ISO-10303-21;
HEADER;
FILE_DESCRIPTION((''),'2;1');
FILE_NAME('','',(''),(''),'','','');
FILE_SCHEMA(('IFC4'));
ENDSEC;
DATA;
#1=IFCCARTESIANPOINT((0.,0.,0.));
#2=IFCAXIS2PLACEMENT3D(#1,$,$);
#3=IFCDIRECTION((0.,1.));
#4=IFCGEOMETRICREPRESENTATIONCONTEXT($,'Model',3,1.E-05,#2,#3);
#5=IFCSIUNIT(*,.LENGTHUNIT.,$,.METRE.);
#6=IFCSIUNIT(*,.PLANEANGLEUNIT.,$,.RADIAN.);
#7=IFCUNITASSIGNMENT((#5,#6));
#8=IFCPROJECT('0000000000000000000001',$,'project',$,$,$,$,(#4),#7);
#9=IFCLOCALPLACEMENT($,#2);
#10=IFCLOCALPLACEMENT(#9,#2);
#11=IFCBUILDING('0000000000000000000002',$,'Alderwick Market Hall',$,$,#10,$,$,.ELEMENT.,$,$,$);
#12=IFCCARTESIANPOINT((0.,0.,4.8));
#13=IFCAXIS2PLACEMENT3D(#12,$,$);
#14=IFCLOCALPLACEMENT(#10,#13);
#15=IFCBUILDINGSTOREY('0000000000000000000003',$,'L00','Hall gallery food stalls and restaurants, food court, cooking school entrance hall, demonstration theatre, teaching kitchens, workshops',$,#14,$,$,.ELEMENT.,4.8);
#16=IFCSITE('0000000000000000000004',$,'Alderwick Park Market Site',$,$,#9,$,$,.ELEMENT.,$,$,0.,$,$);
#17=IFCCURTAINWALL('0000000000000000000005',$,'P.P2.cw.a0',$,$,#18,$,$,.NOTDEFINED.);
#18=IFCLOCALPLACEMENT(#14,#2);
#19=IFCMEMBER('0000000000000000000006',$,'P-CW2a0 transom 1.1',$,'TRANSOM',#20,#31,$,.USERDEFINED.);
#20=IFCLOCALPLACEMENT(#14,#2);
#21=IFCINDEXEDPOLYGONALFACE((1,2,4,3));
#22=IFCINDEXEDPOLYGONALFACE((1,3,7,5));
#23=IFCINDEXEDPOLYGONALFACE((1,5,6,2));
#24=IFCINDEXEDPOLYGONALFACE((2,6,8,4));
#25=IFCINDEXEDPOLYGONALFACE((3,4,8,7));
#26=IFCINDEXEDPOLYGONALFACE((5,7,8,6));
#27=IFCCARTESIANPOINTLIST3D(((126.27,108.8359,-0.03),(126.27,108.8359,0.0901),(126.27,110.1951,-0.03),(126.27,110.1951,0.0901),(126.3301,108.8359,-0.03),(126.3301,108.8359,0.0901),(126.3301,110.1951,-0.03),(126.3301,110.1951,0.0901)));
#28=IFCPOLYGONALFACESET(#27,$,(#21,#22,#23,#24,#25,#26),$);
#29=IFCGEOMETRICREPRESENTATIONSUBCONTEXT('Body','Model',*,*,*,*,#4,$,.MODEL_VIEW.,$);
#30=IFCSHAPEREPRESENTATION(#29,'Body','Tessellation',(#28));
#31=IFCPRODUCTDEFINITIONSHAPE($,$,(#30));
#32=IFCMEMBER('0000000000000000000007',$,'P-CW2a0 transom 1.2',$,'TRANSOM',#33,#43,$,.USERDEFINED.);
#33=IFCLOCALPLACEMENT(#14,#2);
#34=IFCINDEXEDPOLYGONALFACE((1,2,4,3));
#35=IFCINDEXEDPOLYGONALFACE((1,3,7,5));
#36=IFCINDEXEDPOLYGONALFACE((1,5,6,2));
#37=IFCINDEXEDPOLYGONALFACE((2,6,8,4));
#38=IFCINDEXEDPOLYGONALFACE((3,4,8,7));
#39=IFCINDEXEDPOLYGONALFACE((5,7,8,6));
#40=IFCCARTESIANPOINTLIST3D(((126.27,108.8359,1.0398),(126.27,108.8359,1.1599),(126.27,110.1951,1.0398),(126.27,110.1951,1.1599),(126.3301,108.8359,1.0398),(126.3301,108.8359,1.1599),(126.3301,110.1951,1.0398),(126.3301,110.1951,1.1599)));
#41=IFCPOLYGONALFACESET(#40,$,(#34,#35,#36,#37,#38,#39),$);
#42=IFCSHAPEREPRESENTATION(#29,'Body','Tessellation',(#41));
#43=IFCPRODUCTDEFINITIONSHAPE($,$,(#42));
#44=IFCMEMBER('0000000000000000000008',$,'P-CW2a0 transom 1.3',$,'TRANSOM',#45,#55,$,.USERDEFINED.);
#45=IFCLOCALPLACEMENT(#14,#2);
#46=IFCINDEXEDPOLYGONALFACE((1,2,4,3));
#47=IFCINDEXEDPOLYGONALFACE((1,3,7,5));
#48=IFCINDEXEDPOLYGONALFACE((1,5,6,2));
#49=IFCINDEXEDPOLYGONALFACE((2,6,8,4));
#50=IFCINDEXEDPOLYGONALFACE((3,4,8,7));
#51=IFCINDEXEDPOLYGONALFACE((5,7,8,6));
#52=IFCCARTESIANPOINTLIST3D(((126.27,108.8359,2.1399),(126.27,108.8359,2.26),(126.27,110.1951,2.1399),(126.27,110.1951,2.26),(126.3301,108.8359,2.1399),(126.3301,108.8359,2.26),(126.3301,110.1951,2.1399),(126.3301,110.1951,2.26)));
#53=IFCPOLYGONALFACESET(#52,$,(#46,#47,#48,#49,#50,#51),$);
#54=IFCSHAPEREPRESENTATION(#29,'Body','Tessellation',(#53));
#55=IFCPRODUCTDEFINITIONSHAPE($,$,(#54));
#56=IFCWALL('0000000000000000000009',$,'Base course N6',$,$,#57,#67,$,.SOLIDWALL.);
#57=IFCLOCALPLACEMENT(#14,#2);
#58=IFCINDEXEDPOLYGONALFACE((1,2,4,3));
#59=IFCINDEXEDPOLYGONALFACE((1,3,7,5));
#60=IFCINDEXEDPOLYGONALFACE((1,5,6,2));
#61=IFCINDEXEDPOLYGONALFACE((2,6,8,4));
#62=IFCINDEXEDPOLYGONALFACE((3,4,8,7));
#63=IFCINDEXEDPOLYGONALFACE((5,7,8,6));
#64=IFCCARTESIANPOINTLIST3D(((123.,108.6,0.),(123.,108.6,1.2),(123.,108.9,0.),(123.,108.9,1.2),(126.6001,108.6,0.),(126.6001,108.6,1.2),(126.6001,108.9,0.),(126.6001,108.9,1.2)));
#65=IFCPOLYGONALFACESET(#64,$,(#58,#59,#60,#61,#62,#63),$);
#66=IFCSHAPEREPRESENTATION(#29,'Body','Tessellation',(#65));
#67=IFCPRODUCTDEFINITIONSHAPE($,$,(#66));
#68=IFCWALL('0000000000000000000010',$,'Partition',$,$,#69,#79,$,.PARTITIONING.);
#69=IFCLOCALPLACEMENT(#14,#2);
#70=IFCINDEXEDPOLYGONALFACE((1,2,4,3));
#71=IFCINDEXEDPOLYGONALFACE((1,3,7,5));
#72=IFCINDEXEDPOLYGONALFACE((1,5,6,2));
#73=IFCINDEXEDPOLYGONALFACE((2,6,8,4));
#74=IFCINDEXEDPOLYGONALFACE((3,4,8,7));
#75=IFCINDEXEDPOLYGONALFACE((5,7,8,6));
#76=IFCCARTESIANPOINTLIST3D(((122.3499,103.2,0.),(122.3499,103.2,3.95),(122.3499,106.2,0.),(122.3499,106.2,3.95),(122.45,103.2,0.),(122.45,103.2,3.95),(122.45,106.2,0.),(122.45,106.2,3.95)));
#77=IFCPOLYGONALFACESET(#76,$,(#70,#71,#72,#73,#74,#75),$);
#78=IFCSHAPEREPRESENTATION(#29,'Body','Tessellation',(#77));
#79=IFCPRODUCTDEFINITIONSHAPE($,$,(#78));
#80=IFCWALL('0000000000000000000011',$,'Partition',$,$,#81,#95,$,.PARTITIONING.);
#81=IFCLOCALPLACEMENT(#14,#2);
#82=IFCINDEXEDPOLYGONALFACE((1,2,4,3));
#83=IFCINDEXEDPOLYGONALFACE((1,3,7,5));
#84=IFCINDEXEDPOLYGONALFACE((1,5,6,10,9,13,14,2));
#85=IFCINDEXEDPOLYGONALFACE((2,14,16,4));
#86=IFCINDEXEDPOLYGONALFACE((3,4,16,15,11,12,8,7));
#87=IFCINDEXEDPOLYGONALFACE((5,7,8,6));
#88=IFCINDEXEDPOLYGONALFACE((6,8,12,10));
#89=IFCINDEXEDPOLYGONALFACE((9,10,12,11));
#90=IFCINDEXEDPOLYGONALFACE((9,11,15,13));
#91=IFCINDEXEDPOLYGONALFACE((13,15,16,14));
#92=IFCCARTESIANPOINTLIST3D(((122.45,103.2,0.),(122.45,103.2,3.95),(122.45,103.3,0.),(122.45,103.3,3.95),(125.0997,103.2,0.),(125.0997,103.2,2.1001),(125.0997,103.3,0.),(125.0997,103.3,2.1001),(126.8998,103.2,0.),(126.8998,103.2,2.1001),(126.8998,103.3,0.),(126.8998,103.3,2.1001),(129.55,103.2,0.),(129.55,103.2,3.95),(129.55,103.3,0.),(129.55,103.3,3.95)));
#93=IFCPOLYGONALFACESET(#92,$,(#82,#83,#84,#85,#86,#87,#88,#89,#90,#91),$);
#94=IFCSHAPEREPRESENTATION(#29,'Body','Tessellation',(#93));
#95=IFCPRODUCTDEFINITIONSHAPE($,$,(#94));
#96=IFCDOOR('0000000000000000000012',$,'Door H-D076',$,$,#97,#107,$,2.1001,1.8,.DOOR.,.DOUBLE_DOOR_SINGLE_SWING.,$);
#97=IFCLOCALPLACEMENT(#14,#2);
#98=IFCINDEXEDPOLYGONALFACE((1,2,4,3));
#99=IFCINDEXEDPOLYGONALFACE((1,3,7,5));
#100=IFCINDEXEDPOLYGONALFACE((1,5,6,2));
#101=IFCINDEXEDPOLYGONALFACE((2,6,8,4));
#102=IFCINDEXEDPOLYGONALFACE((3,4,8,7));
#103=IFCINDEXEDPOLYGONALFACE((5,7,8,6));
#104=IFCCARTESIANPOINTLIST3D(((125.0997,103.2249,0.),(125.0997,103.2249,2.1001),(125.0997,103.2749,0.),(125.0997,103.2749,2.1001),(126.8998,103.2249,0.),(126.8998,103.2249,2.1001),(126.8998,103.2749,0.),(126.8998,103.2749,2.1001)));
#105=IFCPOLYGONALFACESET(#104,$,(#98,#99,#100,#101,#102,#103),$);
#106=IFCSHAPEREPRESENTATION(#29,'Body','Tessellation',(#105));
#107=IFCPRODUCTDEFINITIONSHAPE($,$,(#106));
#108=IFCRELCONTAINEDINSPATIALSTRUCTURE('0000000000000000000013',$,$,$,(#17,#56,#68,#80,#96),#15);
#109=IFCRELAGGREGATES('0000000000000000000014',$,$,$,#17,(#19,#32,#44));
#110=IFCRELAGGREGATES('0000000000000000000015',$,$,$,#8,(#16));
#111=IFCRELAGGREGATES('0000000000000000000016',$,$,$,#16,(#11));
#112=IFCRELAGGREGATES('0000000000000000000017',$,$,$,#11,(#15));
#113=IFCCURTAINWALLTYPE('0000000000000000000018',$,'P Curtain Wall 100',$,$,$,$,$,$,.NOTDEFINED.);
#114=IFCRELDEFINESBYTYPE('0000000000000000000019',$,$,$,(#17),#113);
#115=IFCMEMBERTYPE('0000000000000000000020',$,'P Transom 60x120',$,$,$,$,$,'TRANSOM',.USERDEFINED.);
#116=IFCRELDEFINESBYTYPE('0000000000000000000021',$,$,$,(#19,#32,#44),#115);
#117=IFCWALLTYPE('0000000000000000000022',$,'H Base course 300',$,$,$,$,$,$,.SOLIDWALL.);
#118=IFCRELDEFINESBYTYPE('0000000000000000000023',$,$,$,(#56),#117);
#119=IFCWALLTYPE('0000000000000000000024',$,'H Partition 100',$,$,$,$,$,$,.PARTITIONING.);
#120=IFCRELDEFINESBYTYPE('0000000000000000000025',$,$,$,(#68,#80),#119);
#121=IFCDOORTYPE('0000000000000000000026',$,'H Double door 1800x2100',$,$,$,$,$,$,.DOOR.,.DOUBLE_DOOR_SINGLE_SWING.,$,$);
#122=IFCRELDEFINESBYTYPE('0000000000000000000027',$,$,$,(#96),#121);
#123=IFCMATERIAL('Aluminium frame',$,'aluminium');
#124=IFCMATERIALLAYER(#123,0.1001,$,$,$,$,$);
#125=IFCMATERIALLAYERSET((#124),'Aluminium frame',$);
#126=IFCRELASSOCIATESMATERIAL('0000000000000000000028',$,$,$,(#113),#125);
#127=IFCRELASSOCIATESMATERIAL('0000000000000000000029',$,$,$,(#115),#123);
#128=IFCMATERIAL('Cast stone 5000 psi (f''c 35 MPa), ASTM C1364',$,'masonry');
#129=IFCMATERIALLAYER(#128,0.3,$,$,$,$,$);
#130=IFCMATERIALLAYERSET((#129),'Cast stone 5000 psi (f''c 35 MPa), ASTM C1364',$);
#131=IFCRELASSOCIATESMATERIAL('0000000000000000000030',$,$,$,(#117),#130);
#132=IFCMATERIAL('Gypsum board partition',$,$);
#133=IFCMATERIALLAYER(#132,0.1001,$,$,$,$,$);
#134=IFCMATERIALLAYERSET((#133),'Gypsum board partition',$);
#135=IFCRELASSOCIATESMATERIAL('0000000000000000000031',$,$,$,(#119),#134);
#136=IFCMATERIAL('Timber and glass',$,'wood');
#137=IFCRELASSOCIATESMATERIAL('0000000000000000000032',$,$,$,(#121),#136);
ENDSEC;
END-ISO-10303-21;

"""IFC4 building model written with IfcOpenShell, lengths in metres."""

from ifc_helpers import new_model, si_unit, direction, frame, frame_2d, origin, origin_2d, place, context, subcontext, project, spatial, rectangle, extrude, material, layer, layer_set, material_profile, profile_set, type_object, element, fill, aggregate, save


model = new_model("IFC4")

# Units and contexts
model_context = context("Model", 3, precision=1e-05, world=origin(), true_north=direction((0.0, 1.0)))
body_context = subcontext(model_context, "Body", "Model", "MODEL_VIEW")
ifc_project = project(units=[si_unit("LENGTHUNIT", "METRE"), si_unit("PLANEANGLEUNIT", "RADIAN")], contexts=[model_context])

# Site, building, storey
site_placement = place(None, origin())
site = spatial("IfcSite", under=ifc_project, at=site_placement, Name="Alderwick Park Market Site", CompositionType="ELEMENT", RefElevation=0.0)
building_placement = place(site_placement, origin())
building = spatial("IfcBuilding", under=site, at=building_placement, Name="Alderwick Market Hall", CompositionType="ELEMENT")
storey_placement = place(building_placement, frame((0.0, 0.0, 4.8)))
storey = spatial("IfcBuildingStorey", under=building, at=storey_placement, Name="L00", Description="Hall gallery food stalls and restaurants, food court, cooking school entrance hall, demonstration theatre, teaching kitchens, workshops", CompositionType="ELEMENT", Elevation=4.8)

# Curtain wall
ifc_material_1 = material(Name="Aluminium frame", Category="aluminium")
ifc_layer_1 = layer(ifc_material_1, 0.1001)
ifc_layer_set_1 = layer_set([ifc_layer_1], Name="Aluminium frame")
curtain_wall_type = type_object("IfcCurtainWallType", Name="P Curtain Wall 100", PredefinedType="NOTDEFINED", material=ifc_layer_set_1)
curtain_wall_1_placement = place(storey_placement, origin())
curtain_wall_1 = element("IfcCurtainWall", 1, at=curtain_wall_1_placement, inside=storey, type_object=curtain_wall_type, Name="P.P2.cw.a0", PredefinedType="NOTDEFINED")

# Members
ifc_material_profile_1 = material_profile(ifc_material_1, rectangle(XDim=0.0601, YDim=0.1201, at=origin_2d()), Name="P Transom 60x120")
ifc_profile_set_1 = profile_set([ifc_material_profile_1], Name="Aluminium frame")
member_type_1 = type_object("IfcMemberType", Name="P Transom 60x120", ElementType="TRANSOM", PredefinedType="USERDEFINED", material=ifc_profile_set_1)
member_1_placement = place(storey_placement, frame((126.3, 108.8359, 0.03), z_axis=(0.0, 1.0, 0.0), x_axis=(-1.0, 0.0, 0.0)))
member_1 = element("IfcMember", 2, at=member_1_placement, type_object=member_type_1, Name="P-CW2a0 transom 1.1", ObjectType="TRANSOM", PredefinedType="USERDEFINED", context=body_context, shape_type="SweptSolid", body=[
    extrude(rectangle(XDim=0.0601, YDim=0.1201, at=origin_2d()), origin(), (0.0, 0.0, 1.0), 1.3591),
])
member_2_placement = place(storey_placement, frame((126.3, 108.8359, 1.0999), z_axis=(0.0, 1.0, 0.0), x_axis=(-1.0, 0.0, 0.0)))
member_2 = element("IfcMember", 3, at=member_2_placement, type_object=member_type_1, Name="P-CW2a0 transom 1.2", ObjectType="TRANSOM", PredefinedType="USERDEFINED", context=body_context, shape_type="SweptSolid", body=[
    extrude(rectangle(XDim=0.0601, YDim=0.1201, at=origin_2d()), origin(), (0.0, 0.0, 1.0), 1.3591),
])
member_3_placement = place(storey_placement, frame((126.3, 108.8359, 2.2), z_axis=(0.0, 1.0, 0.0), x_axis=(-1.0, 0.0, 0.0)))
member_3 = element("IfcMember", 4, at=member_3_placement, type_object=member_type_1, Name="P-CW2a0 transom 1.3", ObjectType="TRANSOM", PredefinedType="USERDEFINED", context=body_context, shape_type="SweptSolid", body=[
    extrude(rectangle(XDim=0.0601, YDim=0.1201, at=origin_2d()), origin(), (0.0, 0.0, 1.0), 1.3591),
])
aggregate(curtain_wall_1, [member_1, member_2, member_3])

# Wall
ifc_material_2 = material(Name="Cast stone 5000 psi (f'c 35 MPa), ASTM C1364", Category="masonry")
ifc_layer_2 = layer(ifc_material_2, 0.3)
ifc_layer_set_2 = layer_set([ifc_layer_2], Name="Cast stone 5000 psi (f'c 35 MPa), ASTM C1364")
wall_type_1 = type_object("IfcWallType", Name="H Base course 300", PredefinedType="SOLIDWALL", material=ifc_layer_set_2)
wall_1_placement = place(storey_placement, frame((123.0, 108.75, 0.0), z_axis=(0.0, 0.0, 1.0), x_axis=(1.0, 0.0, 0.0)))
element("IfcWall", 5, at=wall_1_placement, inside=storey, type_object=wall_type_1, Name="Base course N6", PredefinedType="SOLIDWALL", context=body_context, shape_type="SweptSolid", body=[
    extrude(rectangle(XDim=3.6001, YDim=0.3, at=frame_2d((1.8, 0.0))), origin(), (0.0, 0.0, 1.0), 1.2),
])

# Wall
ifc_material_3 = material(Name="Gypsum board partition")
ifc_layer_3 = layer(ifc_material_3, 0.1001)
ifc_layer_set_3 = layer_set([ifc_layer_3], Name="Gypsum board partition")
wall_type_2 = type_object("IfcWallType", Name="H Partition 100", PredefinedType="PARTITIONING", material=ifc_layer_set_3)
wall_2_placement = place(storey_placement, frame((122.3999, 106.2, 0.0), z_axis=(0.0, 0.0, 1.0), x_axis=(0.0, -1.0, 0.0)))
element("IfcWall", 6, at=wall_2_placement, inside=storey, type_object=wall_type_2, Name="Partition", PredefinedType="PARTITIONING", context=body_context, shape_type="SweptSolid", body=[
    extrude(rectangle(XDim=3.0, YDim=0.1001, at=frame_2d((1.5, 0.0))), origin(), (0.0, 0.0, 1.0), 3.95),
])

# Wall, opening, door
wall_3_placement = place(storey_placement, frame((122.45, 103.25, 0.0), z_axis=(0.0, 0.0, 1.0), x_axis=(1.0, 0.0, 0.0)))
wall_3 = element("IfcWall", 7, at=wall_3_placement, inside=storey, type_object=wall_type_2, Name="Partition", PredefinedType="PARTITIONING", context=body_context, shape_type="SweptSolid", body=[
    extrude(rectangle(XDim=7.1001, YDim=0.1001, at=frame_2d((3.55, 0.0))), origin(), (0.0, 0.0, 1.0), 3.95),
])
opening_1_placement = place(wall_3_placement, frame((2.6499, 0.0, 0.0)))
opening_1 = element("IfcOpeningElement", 8, at=opening_1_placement, cuts=wall_3, PredefinedType="OPENING", context=body_context, shape_type="SweptSolid", body=[
    extrude(rectangle(XDim=1.8, YDim=2.1001, at=frame_2d((0.8999, 1.05))), frame((0.0, 0.0601, 0.0), z_axis=(0.0, -1.0, 0.0), x_axis=(1.0, 0.0, 0.0)), (0.0, 0.0, 1.0), 0.1201),
])
ifc_material_4 = material(Name="Timber and glass", Category="wood")
door_type_1 = type_object("IfcDoorType", Name="H Double door 1800x2100", OperationType="DOUBLE_DOOR_SINGLE_SWING", PredefinedType="DOOR", material=ifc_material_4)
door_1_placement = place(opening_1_placement, origin())
door_1 = element("IfcDoor", 9, at=door_1_placement, inside=storey, type_object=door_type_1, Name="Door H-D076", OperationType="DOUBLE_DOOR_SINGLE_SWING", OverallHeight=2.1001, OverallWidth=1.8, PredefinedType="DOOR", context=body_context, shape_type="SweptSolid", body=[
    extrude(rectangle(XDim=1.8, YDim=2.1001, at=frame_2d((0.8999, 1.05))), frame((0.0, 0.0249, 0.0), z_axis=(0.0, -1.0, 0.0), x_axis=(1.0, 0.0, 0.0)), (0.0, 0.0, 1.0), 0.05),
])
fill(opening_1, door_1)

save(model, "model.ifc")
